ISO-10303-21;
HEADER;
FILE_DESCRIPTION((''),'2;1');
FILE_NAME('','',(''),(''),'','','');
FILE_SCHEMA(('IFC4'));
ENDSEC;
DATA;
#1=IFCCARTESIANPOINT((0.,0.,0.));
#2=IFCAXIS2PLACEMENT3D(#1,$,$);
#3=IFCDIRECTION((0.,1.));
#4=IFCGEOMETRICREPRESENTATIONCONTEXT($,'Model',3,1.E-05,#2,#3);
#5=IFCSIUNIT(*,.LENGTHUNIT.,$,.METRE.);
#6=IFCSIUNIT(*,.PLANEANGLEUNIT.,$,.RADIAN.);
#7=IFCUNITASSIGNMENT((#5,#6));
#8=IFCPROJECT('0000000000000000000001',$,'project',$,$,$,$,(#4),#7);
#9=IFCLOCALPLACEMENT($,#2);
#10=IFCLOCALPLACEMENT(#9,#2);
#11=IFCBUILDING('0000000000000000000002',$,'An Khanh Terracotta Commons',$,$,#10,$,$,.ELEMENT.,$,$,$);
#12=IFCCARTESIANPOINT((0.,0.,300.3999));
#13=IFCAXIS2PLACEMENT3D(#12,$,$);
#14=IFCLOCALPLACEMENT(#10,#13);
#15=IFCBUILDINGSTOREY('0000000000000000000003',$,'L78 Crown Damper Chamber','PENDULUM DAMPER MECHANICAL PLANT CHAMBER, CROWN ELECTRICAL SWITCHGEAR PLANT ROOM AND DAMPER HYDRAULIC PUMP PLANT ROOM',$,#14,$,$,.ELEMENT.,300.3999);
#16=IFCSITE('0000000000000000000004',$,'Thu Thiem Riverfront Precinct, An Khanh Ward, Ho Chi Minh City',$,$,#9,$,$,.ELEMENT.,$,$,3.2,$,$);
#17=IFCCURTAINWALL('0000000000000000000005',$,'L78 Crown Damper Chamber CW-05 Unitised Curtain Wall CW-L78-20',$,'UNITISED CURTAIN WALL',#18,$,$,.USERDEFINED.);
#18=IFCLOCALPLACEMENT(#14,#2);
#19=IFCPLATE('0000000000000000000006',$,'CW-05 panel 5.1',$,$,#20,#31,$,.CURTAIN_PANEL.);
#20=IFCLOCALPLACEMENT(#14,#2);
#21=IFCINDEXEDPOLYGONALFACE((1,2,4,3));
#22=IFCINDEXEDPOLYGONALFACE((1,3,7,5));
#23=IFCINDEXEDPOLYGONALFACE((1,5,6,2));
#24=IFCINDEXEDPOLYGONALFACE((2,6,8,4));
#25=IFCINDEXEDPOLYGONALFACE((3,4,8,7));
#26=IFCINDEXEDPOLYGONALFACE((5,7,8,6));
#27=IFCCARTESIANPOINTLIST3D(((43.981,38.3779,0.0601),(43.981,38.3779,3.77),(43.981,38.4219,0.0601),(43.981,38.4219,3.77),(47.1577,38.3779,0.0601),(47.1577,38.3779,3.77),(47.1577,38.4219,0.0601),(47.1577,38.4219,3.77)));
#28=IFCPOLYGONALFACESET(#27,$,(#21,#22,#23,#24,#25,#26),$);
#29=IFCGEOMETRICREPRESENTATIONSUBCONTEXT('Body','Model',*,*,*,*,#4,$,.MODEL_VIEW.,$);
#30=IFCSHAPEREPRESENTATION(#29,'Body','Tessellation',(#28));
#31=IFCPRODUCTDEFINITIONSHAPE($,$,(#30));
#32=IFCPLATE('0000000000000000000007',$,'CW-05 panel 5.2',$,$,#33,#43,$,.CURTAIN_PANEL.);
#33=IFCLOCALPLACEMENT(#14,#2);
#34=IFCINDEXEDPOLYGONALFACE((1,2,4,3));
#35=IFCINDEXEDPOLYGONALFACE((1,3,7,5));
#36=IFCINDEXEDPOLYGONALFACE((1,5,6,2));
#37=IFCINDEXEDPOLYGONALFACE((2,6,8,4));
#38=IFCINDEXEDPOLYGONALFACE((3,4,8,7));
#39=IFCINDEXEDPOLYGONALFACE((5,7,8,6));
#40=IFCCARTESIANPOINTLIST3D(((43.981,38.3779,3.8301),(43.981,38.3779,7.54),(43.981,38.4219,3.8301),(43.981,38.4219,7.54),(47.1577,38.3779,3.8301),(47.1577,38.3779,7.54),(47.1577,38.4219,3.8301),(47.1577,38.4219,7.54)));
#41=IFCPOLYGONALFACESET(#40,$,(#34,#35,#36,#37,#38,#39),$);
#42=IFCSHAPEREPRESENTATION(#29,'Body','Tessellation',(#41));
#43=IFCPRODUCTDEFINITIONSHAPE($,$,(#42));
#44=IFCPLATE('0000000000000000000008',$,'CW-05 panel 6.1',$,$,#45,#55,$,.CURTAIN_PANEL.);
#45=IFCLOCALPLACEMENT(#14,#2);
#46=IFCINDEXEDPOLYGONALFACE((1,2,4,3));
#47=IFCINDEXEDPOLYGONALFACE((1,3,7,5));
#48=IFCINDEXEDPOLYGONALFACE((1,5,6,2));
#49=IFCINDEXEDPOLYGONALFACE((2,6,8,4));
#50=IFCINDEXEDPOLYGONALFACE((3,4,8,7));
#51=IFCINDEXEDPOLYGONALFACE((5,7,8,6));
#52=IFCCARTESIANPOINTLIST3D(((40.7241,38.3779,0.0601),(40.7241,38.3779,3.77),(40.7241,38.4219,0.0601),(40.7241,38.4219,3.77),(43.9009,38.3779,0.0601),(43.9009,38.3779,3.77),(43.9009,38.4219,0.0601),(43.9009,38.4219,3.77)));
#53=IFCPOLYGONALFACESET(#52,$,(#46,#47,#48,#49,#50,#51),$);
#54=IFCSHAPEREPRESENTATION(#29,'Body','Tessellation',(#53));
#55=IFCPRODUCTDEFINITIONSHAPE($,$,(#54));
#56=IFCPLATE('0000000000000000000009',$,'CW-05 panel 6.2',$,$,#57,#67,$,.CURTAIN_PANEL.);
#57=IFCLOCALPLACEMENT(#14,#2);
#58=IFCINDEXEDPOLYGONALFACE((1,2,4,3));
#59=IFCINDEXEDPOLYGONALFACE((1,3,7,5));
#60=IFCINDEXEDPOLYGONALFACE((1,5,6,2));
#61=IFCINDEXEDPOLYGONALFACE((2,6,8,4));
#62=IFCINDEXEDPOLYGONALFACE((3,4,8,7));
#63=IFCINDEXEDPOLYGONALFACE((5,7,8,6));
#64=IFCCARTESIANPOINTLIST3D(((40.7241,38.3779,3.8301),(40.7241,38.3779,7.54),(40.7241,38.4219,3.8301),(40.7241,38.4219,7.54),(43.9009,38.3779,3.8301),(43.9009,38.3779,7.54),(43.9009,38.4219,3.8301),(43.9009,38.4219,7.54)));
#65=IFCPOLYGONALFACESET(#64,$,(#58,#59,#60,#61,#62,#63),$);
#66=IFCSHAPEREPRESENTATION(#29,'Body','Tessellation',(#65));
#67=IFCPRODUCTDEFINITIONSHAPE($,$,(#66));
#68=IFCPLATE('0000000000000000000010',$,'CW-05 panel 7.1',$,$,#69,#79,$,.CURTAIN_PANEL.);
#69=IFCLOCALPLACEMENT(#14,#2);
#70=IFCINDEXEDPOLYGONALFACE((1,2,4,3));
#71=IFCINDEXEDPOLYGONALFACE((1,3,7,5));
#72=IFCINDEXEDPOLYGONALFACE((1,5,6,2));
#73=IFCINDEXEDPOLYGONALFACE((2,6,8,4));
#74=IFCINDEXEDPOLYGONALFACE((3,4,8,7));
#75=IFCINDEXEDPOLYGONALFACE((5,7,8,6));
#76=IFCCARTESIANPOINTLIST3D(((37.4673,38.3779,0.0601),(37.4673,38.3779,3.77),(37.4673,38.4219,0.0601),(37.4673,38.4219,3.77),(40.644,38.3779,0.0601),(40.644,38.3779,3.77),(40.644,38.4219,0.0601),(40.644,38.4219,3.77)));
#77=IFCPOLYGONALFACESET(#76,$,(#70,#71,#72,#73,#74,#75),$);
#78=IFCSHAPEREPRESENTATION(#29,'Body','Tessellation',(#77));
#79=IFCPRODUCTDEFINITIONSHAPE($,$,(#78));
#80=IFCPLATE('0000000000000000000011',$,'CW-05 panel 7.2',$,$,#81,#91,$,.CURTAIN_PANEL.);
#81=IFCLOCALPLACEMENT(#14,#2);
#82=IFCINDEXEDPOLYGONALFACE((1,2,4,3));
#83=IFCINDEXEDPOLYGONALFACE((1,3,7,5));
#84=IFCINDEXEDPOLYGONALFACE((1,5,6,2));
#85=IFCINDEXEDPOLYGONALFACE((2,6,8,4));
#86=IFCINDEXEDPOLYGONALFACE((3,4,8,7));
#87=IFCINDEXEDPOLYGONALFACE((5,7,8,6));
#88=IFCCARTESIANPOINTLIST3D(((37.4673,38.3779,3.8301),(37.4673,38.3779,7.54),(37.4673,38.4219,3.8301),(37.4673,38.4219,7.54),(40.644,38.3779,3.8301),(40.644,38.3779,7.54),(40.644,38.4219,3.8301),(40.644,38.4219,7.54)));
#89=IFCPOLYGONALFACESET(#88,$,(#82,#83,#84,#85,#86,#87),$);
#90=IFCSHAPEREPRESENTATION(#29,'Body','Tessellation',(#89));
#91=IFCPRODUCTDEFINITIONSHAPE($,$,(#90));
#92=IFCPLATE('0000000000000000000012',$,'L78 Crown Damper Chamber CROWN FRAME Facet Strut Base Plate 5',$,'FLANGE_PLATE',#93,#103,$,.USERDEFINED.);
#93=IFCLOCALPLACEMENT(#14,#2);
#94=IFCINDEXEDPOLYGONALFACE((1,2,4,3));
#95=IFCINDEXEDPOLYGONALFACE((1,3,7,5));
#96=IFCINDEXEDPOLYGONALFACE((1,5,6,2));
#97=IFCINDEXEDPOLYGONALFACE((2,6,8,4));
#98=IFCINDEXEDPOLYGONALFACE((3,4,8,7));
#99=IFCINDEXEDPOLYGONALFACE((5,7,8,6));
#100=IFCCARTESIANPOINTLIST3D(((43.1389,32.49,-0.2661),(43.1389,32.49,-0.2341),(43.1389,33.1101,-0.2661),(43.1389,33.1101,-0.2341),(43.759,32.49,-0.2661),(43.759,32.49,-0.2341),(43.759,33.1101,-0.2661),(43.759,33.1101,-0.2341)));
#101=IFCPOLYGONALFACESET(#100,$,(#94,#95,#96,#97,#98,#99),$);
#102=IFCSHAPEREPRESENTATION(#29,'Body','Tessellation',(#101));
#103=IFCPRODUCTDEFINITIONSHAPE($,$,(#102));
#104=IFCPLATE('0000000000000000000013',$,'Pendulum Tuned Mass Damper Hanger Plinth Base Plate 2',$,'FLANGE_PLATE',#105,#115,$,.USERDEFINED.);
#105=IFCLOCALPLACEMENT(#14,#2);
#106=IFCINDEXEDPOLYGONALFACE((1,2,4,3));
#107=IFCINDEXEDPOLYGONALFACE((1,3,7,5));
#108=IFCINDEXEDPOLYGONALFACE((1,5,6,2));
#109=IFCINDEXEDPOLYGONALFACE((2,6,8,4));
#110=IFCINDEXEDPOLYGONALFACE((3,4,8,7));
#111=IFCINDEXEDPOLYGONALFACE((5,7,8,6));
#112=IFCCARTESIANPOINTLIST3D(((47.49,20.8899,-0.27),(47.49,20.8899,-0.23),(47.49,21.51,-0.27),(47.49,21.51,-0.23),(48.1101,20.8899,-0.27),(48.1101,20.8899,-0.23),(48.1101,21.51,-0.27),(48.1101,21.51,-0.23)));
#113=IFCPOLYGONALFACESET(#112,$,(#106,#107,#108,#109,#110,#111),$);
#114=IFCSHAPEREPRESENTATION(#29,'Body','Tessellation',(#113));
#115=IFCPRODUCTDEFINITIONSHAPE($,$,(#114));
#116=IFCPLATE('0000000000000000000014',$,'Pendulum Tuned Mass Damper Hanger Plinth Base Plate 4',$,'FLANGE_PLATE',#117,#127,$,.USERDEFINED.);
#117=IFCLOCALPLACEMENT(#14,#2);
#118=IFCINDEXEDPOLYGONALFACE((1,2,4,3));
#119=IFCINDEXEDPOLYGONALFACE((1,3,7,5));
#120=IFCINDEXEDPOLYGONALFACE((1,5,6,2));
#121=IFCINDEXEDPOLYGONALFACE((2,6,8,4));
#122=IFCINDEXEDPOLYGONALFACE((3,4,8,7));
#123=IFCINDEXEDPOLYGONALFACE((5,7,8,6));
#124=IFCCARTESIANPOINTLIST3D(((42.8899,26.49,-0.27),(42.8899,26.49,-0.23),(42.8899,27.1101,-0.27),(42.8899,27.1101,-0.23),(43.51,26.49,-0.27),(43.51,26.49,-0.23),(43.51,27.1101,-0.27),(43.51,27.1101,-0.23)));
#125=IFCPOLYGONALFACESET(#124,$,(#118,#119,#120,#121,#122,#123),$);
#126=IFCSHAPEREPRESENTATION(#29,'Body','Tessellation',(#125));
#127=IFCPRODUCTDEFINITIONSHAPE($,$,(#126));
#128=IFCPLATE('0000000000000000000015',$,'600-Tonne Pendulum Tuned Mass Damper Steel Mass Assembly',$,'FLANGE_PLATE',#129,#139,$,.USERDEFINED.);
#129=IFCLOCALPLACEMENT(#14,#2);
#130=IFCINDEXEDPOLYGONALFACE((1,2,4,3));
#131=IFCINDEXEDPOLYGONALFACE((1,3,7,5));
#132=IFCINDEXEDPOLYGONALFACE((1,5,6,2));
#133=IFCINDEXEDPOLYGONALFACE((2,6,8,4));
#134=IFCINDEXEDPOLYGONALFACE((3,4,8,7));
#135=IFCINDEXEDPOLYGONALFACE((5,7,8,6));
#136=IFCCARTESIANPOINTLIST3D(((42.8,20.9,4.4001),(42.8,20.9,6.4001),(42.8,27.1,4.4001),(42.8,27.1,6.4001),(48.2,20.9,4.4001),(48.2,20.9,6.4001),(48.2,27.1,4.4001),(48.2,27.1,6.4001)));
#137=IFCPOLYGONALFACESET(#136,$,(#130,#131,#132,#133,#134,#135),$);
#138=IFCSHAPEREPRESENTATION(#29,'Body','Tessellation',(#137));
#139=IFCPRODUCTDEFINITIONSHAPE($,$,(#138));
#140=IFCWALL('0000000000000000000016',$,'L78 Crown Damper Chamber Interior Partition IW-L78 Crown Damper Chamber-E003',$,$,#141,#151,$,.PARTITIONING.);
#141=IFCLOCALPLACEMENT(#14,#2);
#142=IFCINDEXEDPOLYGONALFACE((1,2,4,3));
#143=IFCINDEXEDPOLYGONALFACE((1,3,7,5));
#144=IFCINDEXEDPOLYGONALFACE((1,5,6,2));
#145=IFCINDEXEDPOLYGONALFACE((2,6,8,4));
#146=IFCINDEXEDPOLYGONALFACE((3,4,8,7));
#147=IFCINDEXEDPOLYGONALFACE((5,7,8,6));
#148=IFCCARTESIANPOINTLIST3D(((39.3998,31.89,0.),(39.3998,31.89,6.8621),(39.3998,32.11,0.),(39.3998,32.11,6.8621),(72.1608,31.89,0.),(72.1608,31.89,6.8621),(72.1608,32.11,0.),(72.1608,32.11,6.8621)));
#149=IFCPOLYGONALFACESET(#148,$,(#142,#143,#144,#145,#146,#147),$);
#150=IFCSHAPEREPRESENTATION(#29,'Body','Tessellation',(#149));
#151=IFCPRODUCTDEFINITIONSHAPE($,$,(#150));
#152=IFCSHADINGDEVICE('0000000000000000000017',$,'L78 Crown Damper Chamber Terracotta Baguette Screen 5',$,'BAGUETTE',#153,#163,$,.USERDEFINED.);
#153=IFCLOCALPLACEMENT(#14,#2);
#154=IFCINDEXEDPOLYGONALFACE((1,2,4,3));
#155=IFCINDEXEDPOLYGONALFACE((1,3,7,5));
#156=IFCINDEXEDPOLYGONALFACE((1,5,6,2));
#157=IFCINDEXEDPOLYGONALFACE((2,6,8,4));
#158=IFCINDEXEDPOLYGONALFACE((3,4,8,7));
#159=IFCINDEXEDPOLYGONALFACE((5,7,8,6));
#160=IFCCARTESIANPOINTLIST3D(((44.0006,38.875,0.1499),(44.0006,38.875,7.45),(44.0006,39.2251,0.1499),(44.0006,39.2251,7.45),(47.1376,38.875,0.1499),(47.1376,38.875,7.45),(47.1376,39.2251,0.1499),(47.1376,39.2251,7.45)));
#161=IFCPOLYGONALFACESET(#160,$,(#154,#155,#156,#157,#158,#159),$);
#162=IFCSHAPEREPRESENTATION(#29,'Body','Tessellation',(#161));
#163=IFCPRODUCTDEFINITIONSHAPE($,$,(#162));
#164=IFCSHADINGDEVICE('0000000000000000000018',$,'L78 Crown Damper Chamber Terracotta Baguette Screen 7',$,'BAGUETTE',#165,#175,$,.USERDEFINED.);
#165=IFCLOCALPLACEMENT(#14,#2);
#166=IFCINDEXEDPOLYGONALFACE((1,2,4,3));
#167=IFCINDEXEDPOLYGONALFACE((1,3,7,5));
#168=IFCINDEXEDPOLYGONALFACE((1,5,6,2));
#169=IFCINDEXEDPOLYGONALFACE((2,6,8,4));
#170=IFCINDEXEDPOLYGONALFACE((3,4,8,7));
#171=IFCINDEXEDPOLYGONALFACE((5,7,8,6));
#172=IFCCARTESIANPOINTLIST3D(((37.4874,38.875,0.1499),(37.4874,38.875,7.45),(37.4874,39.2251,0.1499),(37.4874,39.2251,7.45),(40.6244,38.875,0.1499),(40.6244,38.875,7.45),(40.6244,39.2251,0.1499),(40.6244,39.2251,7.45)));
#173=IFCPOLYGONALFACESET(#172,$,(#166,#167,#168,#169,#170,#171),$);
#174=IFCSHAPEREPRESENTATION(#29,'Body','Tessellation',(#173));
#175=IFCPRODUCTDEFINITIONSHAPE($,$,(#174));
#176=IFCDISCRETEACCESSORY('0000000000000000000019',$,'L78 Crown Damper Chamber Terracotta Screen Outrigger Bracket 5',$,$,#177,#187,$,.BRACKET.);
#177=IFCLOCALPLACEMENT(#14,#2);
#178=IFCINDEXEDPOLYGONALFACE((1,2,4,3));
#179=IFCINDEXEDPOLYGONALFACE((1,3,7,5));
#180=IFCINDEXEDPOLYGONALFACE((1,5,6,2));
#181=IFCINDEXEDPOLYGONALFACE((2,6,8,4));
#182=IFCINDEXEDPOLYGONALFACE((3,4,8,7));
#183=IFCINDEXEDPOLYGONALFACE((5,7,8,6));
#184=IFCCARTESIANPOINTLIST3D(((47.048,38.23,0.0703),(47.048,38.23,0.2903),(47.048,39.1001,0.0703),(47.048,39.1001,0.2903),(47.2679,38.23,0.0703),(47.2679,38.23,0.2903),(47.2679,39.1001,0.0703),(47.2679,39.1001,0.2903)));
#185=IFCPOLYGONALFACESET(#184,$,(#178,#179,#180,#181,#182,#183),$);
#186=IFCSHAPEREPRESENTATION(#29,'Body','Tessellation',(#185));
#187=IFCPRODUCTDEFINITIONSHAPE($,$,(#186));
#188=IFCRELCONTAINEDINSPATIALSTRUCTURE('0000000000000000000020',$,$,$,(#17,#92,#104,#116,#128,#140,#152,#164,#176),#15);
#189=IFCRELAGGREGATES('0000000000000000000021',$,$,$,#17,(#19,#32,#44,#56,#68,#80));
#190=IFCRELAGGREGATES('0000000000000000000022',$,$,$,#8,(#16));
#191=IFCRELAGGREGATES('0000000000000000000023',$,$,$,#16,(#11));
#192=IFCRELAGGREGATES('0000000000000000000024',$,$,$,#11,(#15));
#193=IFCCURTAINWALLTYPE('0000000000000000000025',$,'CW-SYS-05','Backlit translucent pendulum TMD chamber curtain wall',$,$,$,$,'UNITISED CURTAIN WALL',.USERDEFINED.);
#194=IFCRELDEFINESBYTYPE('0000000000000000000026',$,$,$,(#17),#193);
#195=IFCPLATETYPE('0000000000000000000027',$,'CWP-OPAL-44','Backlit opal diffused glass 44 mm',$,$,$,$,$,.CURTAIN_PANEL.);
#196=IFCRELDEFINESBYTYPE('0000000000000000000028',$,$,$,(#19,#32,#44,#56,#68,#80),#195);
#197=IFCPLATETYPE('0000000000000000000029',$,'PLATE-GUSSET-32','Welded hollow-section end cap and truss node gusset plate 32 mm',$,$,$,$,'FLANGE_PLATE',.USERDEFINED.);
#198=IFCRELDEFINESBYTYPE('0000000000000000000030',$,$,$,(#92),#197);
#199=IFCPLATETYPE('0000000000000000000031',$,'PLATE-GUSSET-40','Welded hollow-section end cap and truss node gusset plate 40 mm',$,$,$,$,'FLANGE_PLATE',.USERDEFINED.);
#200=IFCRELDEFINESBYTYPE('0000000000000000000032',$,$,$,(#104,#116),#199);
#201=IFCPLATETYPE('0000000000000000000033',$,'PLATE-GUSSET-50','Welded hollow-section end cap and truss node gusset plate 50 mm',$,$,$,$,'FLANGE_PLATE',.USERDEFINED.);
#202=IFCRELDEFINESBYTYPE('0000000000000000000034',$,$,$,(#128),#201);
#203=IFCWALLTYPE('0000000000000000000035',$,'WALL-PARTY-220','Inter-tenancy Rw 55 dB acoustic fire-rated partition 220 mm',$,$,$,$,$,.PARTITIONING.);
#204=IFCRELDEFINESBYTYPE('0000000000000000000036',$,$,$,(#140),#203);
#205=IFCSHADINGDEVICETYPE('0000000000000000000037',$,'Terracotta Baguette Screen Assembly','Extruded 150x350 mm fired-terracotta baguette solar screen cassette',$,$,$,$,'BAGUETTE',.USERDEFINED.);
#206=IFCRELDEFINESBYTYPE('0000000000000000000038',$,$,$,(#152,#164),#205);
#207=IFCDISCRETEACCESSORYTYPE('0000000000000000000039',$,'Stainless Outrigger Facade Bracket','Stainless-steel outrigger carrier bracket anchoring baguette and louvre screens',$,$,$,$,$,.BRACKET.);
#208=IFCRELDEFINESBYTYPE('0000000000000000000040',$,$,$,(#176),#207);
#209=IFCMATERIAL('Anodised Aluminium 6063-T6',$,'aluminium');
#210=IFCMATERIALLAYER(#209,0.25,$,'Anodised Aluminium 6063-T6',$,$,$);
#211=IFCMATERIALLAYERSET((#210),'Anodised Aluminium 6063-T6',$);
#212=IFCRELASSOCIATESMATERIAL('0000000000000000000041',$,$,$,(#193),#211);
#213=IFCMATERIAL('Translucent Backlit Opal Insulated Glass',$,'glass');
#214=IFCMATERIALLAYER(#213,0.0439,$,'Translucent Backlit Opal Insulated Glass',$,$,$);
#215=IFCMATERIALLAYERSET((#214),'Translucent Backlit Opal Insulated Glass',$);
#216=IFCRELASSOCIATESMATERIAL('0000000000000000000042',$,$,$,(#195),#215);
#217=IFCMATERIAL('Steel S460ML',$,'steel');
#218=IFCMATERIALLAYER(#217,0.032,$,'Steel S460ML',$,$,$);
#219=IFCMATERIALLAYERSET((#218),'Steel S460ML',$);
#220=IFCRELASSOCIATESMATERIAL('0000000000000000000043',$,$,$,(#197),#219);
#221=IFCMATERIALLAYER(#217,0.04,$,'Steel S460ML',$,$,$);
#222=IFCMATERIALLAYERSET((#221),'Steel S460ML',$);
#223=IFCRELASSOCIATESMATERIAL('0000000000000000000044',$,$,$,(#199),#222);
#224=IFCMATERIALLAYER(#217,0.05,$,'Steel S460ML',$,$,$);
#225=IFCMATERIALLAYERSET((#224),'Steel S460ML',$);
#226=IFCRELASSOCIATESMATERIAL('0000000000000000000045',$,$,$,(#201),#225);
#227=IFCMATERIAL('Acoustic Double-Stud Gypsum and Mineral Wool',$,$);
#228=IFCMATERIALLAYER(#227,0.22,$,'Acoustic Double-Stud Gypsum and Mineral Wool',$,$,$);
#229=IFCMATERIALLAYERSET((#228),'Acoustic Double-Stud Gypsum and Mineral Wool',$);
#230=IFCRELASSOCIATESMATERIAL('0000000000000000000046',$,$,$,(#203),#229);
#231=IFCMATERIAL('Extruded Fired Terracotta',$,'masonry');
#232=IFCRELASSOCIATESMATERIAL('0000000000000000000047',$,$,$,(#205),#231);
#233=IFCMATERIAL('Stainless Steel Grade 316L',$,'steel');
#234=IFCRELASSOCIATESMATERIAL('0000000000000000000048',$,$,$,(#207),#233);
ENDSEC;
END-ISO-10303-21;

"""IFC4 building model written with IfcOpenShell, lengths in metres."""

from ifc_helpers import new_model, si_unit, direction, frame, frame_2d, origin, origin_2d, place, context, subcontext, project, spatial, rectangle, extrude, material, layer, layer_set, type_object, element, aggregate, save


model = new_model("IFC4")

# Units and contexts
model_context = context("Model", 3, precision=1e-05, world=origin(), true_north=direction((0.0, 1.0)))
body_context = subcontext(model_context, "Body", "Model", "MODEL_VIEW")
ifc_project = project(units=[si_unit("LENGTHUNIT", "METRE"), si_unit("PLANEANGLEUNIT", "RADIAN")], contexts=[model_context])

# Site, building, storey
site_placement = place(None, origin())
site = spatial("IfcSite", under=ifc_project, at=site_placement, Name="Thu Thiem Riverfront Precinct, An Khanh Ward, Ho Chi Minh City", CompositionType="ELEMENT", RefElevation=3.2)
building_placement = place(site_placement, origin())
building = spatial("IfcBuilding", under=site, at=building_placement, Name="An Khanh Terracotta Commons", CompositionType="ELEMENT")
storey_placement = place(building_placement, frame((0.0, 0.0, 300.3999)))
storey = spatial("IfcBuildingStorey", under=building, at=storey_placement, Name="L78 Crown Damper Chamber", Description="PENDULUM DAMPER MECHANICAL PLANT CHAMBER, CROWN ELECTRICAL SWITCHGEAR PLANT ROOM AND DAMPER HYDRAULIC PUMP PLANT ROOM", CompositionType="ELEMENT", Elevation=300.3999)

# Shared definitions
ifc_material_1 = material(Name="Steel S460ML", Category="steel")

# Curtain wall
ifc_material_2 = material(Name="Anodised Aluminium 6063-T6", Category="aluminium")
ifc_layer_1 = layer(ifc_material_2, 0.25, Name="Anodised Aluminium 6063-T6")
ifc_layer_set_1 = layer_set([ifc_layer_1], Name="Anodised Aluminium 6063-T6")
curtain_wall_type = type_object("IfcCurtainWallType", Name="CW-SYS-05", Description="Backlit translucent pendulum TMD chamber curtain wall", ElementType="UNITISED CURTAIN WALL", PredefinedType="USERDEFINED", material=ifc_layer_set_1)
curtain_wall_placement = place(storey_placement, origin())
curtain_wall = element("IfcCurtainWall", 1, at=curtain_wall_placement, inside=storey, type_object=curtain_wall_type, Name="L78 Crown Damper Chamber CW-05 Unitised Curtain Wall CW-L78-20", ObjectType="UNITISED CURTAIN WALL", PredefinedType="USERDEFINED")

# Plates
ifc_material_3 = material(Name="Translucent Backlit Opal Insulated Glass", Category="glass")
ifc_layer_2 = layer(ifc_material_3, 0.0439, Name="Translucent Backlit Opal Insulated Glass")
ifc_layer_set_2 = layer_set([ifc_layer_2], Name="Translucent Backlit Opal Insulated Glass")
plate_type_1 = type_object("IfcPlateType", Name="CWP-OPAL-44", Description="Backlit opal diffused glass 44 mm", PredefinedType="CURTAIN_PANEL", material=ifc_layer_set_2)
plate_1_placement = place(storey_placement, frame((45.5693, 38.3999, 0.0601), z_axis=(0.0, 0.0, 1.0), x_axis=(-1.0, 0.0, 0.0)))
plate_1 = element("IfcPlate", 2, at=plate_1_placement, type_object=plate_type_1, Name="CW-05 panel 5.1", PredefinedType="CURTAIN_PANEL", context=body_context, shape_type="SweptSolid", body=[
    extrude(rectangle(XDim=3.1768, YDim=0.0439, at=origin_2d()), origin(), (0.0, 0.0, 1.0), 3.71),
])
plate_2_placement = place(storey_placement, frame((45.5693, 38.3999, 3.8301), z_axis=(0.0, 0.0, 1.0), x_axis=(-1.0, 0.0, 0.0)))
plate_2 = element("IfcPlate", 3, at=plate_2_placement, type_object=plate_type_1, Name="CW-05 panel 5.2", PredefinedType="CURTAIN_PANEL", context=body_context, shape_type="SweptSolid", body=[
    extrude(rectangle(XDim=3.1768, YDim=0.0439, at=origin_2d()), origin(), (0.0, 0.0, 1.0), 3.71),
])
plate_3_placement = place(storey_placement, frame((42.3125, 38.3999, 0.0601), z_axis=(0.0, 0.0, 1.0), x_axis=(-1.0, 0.0, 0.0)))
plate_3 = element("IfcPlate", 4, at=plate_3_placement, type_object=plate_type_1, Name="CW-05 panel 6.1", PredefinedType="CURTAIN_PANEL", context=body_context, shape_type="SweptSolid", body=[
    extrude(rectangle(XDim=3.1768, YDim=0.0439, at=origin_2d()), origin(), (0.0, 0.0, 1.0), 3.71),
])
plate_4_placement = place(storey_placement, frame((42.3125, 38.3999, 3.8301), z_axis=(0.0, 0.0, 1.0), x_axis=(-1.0, 0.0, 0.0)))
plate_4 = element("IfcPlate", 5, at=plate_4_placement, type_object=plate_type_1, Name="CW-05 panel 6.2", PredefinedType="CURTAIN_PANEL", context=body_context, shape_type="SweptSolid", body=[
    extrude(rectangle(XDim=3.1768, YDim=0.0439, at=origin_2d()), origin(), (0.0, 0.0, 1.0), 3.71),
])
plate_5_placement = place(storey_placement, frame((39.0557, 38.3999, 0.0601), z_axis=(0.0, 0.0, 1.0), x_axis=(-1.0, 0.0, 0.0)))
plate_5 = element("IfcPlate", 6, at=plate_5_placement, type_object=plate_type_1, Name="CW-05 panel 7.1", PredefinedType="CURTAIN_PANEL", context=body_context, shape_type="SweptSolid", body=[
    extrude(rectangle(XDim=3.1768, YDim=0.0439, at=origin_2d()), origin(), (0.0, 0.0, 1.0), 3.71),
])
plate_6_placement = place(storey_placement, frame((39.0557, 38.3999, 3.8301), z_axis=(0.0, 0.0, 1.0), x_axis=(-1.0, 0.0, 0.0)))
plate_6 = element("IfcPlate", 7, at=plate_6_placement, type_object=plate_type_1, Name="CW-05 panel 7.2", PredefinedType="CURTAIN_PANEL", context=body_context, shape_type="SweptSolid", body=[
    extrude(rectangle(XDim=3.1768, YDim=0.0439, at=origin_2d()), origin(), (0.0, 0.0, 1.0), 3.71),
])
aggregate(curtain_wall, [plate_1, plate_2, plate_3, plate_4, plate_5, plate_6])

# Plates
ifc_layer_3 = layer(ifc_material_1, 0.032, Name="Steel S460ML")
ifc_layer_set_3 = layer_set([ifc_layer_3], Name="Steel S460ML")
plate_type_2 = type_object("IfcPlateType", Name="PLATE-GUSSET-32", Description="Welded hollow-section end cap and truss node gusset plate 32 mm", ElementType="FLANGE_PLATE", PredefinedType="USERDEFINED", material=ifc_layer_set_3)
plate_7_placement = place(storey_placement, frame((43.449, 32.8, -0.2661), z_axis=(0.0, 0.0, 1.0), x_axis=(1.0, 0.0, 0.0)))
element("IfcPlate", 8, at=plate_7_placement, inside=storey, type_object=plate_type_2, Name="L78 Crown Damper Chamber CROWN FRAME Facet Strut Base Plate 5", ObjectType="FLANGE_PLATE", PredefinedType="USERDEFINED", context=body_context, shape_type="SweptSolid", body=[
    extrude(rectangle(XDim=0.6201, YDim=0.6201, at=origin_2d()), origin(), (0.0, 0.0, 1.0), 0.032),
])
ifc_layer_4 = layer(ifc_material_1, 0.04, Name="Steel S460ML")
ifc_layer_set_4 = layer_set([ifc_layer_4], Name="Steel S460ML")
plate_type_3 = type_object("IfcPlateType", Name="PLATE-GUSSET-40", Description="Welded hollow-section end cap and truss node gusset plate 40 mm", ElementType="FLANGE_PLATE", PredefinedType="USERDEFINED", material=ifc_layer_set_4)
for number, where, z_axis, x_axis, name in (
    (9, (47.8, 21.2, -0.27), (0.0, 0.0, 1.0), (1.0, 0.0, 0.0), "Pendulum Tuned Mass Damper Hanger Plinth Base Plate 2"),
    (10, (43.2, 26.8, -0.27), (0.0, 0.0, 1.0), (1.0, 0.0, 0.0), "Pendulum Tuned Mass Damper Hanger Plinth Base Plate 4"),
):
    element("IfcPlate", number, at=place(storey_placement, frame(where, z_axis=z_axis, x_axis=x_axis)), inside=storey, type_object=plate_type_3, Name=name, ObjectType="FLANGE_PLATE", PredefinedType="USERDEFINED", context=body_context, shape_type="SweptSolid", body=[
        extrude(rectangle(XDim=0.6201, YDim=0.6201, at=origin_2d()), origin(), (0.0, 0.0, 1.0), 0.04),
    ])
ifc_layer_5 = layer(ifc_material_1, 0.05, Name="Steel S460ML")
ifc_layer_set_5 = layer_set([ifc_layer_5], Name="Steel S460ML")
plate_type_4 = type_object("IfcPlateType", Name="PLATE-GUSSET-50", Description="Welded hollow-section end cap and truss node gusset plate 50 mm", ElementType="FLANGE_PLATE", PredefinedType="USERDEFINED", material=ifc_layer_set_5)
plate_8_placement = place(storey_placement, frame((45.5, 24.0, 4.4001), z_axis=(0.0, 0.0, 1.0), x_axis=(1.0, 0.0, 0.0)))
element("IfcPlate", 11, at=plate_8_placement, inside=storey, type_object=plate_type_4, Name="600-Tonne Pendulum Tuned Mass Damper Steel Mass Assembly", ObjectType="FLANGE_PLATE", PredefinedType="USERDEFINED", context=body_context, shape_type="SweptSolid", body=[
    extrude(rectangle(XDim=5.3999, YDim=6.2, at=origin_2d()), origin(), (0.0, 0.0, 1.0), 2.0),
])

# Wall
ifc_material_4 = material(Name="Acoustic Double-Stud Gypsum and Mineral Wool")
ifc_layer_6 = layer(ifc_material_4, 0.22, Name="Acoustic Double-Stud Gypsum and Mineral Wool")
ifc_layer_set_6 = layer_set([ifc_layer_6], Name="Acoustic Double-Stud Gypsum and Mineral Wool")
wall_type = type_object("IfcWallType", Name="WALL-PARTY-220", Description="Inter-tenancy Rw 55 dB acoustic fire-rated partition 220 mm", PredefinedType="PARTITIONING", material=ifc_layer_set_6)
wall_placement = place(storey_placement, frame((39.3999, 32.0, 0.0), z_axis=(0.0, 0.0, 1.0), x_axis=(1.0, 0.0, 0.0)))
element("IfcWall", 12, at=wall_placement, inside=storey, type_object=wall_type, Name="L78 Crown Damper Chamber Interior Partition IW-L78 Crown Damper Chamber-E003", PredefinedType="PARTITIONING", context=body_context, shape_type="SweptSolid", body=[
    extrude(rectangle(XDim=32.761, YDim=0.22, at=frame_2d((16.3804, 0.0))), origin(), (0.0, 0.0, 1.0), 6.8621),
])

# Shading devices
ifc_material_5 = material(Name="Extruded Fired Terracotta", Category="masonry")
shading_device_type = type_object("IfcShadingDeviceType", Name="Terracotta Baguette Screen Assembly", Description="Extruded 150x350 mm fired-terracotta baguette solar screen cassette", ElementType="BAGUETTE", PredefinedType="USERDEFINED", material=ifc_material_5)
for number, where, z_axis, x_axis, name in (
    (13, (45.5691, 39.05, 0.1499), (0.0, 0.0, 1.0), (-1.0, 0.0, 0.0), "L78 Crown Damper Chamber Terracotta Baguette Screen 5"),
    (14, (39.0559, 39.05, 0.1499), (0.0, 0.0, 1.0), (-1.0, 0.0, 0.0), "L78 Crown Damper Chamber Terracotta Baguette Screen 7"),
):
    element("IfcShadingDevice", number, at=place(storey_placement, frame(where, z_axis=z_axis, x_axis=x_axis)), inside=storey, type_object=shading_device_type, Name=name, ObjectType="BAGUETTE", PredefinedType="USERDEFINED", context=body_context, shape_type="SweptSolid", body=[
        extrude(rectangle(XDim=3.137, YDim=0.3501, at=origin_2d()), origin(), (0.0, 0.0, 1.0), 7.3),
    ])

# Discrete accessory
ifc_material_6 = material(Name="Stainless Steel Grade 316L", Category="steel")
discrete_accessory_type = type_object("IfcDiscreteAccessoryType", Name="Stainless Outrigger Facade Bracket", Description="Stainless-steel outrigger carrier bracket anchoring baguette and louvre screens", PredefinedType="BRACKET", material=ifc_material_6)
for number, where, z_axis, x_axis, name in (
    (15, (47.158, 38.665, 0.0703), (0.0, 0.0, 1.0), (-1.0, 0.0, 0.0), "L78 Crown Damper Chamber Terracotta Screen Outrigger Bracket 5"),
):
    element("IfcDiscreteAccessory", number, at=place(storey_placement, frame(where, z_axis=z_axis, x_axis=x_axis)), inside=storey, type_object=discrete_accessory_type, Name=name, PredefinedType="BRACKET", context=body_context, shape_type="SweptSolid", body=[
        extrude(rectangle(XDim=0.22, YDim=0.8701, at=origin_2d()), origin(), (0.0, 0.0, 1.0), 0.22),
    ])

save(model, "model.ifc")
